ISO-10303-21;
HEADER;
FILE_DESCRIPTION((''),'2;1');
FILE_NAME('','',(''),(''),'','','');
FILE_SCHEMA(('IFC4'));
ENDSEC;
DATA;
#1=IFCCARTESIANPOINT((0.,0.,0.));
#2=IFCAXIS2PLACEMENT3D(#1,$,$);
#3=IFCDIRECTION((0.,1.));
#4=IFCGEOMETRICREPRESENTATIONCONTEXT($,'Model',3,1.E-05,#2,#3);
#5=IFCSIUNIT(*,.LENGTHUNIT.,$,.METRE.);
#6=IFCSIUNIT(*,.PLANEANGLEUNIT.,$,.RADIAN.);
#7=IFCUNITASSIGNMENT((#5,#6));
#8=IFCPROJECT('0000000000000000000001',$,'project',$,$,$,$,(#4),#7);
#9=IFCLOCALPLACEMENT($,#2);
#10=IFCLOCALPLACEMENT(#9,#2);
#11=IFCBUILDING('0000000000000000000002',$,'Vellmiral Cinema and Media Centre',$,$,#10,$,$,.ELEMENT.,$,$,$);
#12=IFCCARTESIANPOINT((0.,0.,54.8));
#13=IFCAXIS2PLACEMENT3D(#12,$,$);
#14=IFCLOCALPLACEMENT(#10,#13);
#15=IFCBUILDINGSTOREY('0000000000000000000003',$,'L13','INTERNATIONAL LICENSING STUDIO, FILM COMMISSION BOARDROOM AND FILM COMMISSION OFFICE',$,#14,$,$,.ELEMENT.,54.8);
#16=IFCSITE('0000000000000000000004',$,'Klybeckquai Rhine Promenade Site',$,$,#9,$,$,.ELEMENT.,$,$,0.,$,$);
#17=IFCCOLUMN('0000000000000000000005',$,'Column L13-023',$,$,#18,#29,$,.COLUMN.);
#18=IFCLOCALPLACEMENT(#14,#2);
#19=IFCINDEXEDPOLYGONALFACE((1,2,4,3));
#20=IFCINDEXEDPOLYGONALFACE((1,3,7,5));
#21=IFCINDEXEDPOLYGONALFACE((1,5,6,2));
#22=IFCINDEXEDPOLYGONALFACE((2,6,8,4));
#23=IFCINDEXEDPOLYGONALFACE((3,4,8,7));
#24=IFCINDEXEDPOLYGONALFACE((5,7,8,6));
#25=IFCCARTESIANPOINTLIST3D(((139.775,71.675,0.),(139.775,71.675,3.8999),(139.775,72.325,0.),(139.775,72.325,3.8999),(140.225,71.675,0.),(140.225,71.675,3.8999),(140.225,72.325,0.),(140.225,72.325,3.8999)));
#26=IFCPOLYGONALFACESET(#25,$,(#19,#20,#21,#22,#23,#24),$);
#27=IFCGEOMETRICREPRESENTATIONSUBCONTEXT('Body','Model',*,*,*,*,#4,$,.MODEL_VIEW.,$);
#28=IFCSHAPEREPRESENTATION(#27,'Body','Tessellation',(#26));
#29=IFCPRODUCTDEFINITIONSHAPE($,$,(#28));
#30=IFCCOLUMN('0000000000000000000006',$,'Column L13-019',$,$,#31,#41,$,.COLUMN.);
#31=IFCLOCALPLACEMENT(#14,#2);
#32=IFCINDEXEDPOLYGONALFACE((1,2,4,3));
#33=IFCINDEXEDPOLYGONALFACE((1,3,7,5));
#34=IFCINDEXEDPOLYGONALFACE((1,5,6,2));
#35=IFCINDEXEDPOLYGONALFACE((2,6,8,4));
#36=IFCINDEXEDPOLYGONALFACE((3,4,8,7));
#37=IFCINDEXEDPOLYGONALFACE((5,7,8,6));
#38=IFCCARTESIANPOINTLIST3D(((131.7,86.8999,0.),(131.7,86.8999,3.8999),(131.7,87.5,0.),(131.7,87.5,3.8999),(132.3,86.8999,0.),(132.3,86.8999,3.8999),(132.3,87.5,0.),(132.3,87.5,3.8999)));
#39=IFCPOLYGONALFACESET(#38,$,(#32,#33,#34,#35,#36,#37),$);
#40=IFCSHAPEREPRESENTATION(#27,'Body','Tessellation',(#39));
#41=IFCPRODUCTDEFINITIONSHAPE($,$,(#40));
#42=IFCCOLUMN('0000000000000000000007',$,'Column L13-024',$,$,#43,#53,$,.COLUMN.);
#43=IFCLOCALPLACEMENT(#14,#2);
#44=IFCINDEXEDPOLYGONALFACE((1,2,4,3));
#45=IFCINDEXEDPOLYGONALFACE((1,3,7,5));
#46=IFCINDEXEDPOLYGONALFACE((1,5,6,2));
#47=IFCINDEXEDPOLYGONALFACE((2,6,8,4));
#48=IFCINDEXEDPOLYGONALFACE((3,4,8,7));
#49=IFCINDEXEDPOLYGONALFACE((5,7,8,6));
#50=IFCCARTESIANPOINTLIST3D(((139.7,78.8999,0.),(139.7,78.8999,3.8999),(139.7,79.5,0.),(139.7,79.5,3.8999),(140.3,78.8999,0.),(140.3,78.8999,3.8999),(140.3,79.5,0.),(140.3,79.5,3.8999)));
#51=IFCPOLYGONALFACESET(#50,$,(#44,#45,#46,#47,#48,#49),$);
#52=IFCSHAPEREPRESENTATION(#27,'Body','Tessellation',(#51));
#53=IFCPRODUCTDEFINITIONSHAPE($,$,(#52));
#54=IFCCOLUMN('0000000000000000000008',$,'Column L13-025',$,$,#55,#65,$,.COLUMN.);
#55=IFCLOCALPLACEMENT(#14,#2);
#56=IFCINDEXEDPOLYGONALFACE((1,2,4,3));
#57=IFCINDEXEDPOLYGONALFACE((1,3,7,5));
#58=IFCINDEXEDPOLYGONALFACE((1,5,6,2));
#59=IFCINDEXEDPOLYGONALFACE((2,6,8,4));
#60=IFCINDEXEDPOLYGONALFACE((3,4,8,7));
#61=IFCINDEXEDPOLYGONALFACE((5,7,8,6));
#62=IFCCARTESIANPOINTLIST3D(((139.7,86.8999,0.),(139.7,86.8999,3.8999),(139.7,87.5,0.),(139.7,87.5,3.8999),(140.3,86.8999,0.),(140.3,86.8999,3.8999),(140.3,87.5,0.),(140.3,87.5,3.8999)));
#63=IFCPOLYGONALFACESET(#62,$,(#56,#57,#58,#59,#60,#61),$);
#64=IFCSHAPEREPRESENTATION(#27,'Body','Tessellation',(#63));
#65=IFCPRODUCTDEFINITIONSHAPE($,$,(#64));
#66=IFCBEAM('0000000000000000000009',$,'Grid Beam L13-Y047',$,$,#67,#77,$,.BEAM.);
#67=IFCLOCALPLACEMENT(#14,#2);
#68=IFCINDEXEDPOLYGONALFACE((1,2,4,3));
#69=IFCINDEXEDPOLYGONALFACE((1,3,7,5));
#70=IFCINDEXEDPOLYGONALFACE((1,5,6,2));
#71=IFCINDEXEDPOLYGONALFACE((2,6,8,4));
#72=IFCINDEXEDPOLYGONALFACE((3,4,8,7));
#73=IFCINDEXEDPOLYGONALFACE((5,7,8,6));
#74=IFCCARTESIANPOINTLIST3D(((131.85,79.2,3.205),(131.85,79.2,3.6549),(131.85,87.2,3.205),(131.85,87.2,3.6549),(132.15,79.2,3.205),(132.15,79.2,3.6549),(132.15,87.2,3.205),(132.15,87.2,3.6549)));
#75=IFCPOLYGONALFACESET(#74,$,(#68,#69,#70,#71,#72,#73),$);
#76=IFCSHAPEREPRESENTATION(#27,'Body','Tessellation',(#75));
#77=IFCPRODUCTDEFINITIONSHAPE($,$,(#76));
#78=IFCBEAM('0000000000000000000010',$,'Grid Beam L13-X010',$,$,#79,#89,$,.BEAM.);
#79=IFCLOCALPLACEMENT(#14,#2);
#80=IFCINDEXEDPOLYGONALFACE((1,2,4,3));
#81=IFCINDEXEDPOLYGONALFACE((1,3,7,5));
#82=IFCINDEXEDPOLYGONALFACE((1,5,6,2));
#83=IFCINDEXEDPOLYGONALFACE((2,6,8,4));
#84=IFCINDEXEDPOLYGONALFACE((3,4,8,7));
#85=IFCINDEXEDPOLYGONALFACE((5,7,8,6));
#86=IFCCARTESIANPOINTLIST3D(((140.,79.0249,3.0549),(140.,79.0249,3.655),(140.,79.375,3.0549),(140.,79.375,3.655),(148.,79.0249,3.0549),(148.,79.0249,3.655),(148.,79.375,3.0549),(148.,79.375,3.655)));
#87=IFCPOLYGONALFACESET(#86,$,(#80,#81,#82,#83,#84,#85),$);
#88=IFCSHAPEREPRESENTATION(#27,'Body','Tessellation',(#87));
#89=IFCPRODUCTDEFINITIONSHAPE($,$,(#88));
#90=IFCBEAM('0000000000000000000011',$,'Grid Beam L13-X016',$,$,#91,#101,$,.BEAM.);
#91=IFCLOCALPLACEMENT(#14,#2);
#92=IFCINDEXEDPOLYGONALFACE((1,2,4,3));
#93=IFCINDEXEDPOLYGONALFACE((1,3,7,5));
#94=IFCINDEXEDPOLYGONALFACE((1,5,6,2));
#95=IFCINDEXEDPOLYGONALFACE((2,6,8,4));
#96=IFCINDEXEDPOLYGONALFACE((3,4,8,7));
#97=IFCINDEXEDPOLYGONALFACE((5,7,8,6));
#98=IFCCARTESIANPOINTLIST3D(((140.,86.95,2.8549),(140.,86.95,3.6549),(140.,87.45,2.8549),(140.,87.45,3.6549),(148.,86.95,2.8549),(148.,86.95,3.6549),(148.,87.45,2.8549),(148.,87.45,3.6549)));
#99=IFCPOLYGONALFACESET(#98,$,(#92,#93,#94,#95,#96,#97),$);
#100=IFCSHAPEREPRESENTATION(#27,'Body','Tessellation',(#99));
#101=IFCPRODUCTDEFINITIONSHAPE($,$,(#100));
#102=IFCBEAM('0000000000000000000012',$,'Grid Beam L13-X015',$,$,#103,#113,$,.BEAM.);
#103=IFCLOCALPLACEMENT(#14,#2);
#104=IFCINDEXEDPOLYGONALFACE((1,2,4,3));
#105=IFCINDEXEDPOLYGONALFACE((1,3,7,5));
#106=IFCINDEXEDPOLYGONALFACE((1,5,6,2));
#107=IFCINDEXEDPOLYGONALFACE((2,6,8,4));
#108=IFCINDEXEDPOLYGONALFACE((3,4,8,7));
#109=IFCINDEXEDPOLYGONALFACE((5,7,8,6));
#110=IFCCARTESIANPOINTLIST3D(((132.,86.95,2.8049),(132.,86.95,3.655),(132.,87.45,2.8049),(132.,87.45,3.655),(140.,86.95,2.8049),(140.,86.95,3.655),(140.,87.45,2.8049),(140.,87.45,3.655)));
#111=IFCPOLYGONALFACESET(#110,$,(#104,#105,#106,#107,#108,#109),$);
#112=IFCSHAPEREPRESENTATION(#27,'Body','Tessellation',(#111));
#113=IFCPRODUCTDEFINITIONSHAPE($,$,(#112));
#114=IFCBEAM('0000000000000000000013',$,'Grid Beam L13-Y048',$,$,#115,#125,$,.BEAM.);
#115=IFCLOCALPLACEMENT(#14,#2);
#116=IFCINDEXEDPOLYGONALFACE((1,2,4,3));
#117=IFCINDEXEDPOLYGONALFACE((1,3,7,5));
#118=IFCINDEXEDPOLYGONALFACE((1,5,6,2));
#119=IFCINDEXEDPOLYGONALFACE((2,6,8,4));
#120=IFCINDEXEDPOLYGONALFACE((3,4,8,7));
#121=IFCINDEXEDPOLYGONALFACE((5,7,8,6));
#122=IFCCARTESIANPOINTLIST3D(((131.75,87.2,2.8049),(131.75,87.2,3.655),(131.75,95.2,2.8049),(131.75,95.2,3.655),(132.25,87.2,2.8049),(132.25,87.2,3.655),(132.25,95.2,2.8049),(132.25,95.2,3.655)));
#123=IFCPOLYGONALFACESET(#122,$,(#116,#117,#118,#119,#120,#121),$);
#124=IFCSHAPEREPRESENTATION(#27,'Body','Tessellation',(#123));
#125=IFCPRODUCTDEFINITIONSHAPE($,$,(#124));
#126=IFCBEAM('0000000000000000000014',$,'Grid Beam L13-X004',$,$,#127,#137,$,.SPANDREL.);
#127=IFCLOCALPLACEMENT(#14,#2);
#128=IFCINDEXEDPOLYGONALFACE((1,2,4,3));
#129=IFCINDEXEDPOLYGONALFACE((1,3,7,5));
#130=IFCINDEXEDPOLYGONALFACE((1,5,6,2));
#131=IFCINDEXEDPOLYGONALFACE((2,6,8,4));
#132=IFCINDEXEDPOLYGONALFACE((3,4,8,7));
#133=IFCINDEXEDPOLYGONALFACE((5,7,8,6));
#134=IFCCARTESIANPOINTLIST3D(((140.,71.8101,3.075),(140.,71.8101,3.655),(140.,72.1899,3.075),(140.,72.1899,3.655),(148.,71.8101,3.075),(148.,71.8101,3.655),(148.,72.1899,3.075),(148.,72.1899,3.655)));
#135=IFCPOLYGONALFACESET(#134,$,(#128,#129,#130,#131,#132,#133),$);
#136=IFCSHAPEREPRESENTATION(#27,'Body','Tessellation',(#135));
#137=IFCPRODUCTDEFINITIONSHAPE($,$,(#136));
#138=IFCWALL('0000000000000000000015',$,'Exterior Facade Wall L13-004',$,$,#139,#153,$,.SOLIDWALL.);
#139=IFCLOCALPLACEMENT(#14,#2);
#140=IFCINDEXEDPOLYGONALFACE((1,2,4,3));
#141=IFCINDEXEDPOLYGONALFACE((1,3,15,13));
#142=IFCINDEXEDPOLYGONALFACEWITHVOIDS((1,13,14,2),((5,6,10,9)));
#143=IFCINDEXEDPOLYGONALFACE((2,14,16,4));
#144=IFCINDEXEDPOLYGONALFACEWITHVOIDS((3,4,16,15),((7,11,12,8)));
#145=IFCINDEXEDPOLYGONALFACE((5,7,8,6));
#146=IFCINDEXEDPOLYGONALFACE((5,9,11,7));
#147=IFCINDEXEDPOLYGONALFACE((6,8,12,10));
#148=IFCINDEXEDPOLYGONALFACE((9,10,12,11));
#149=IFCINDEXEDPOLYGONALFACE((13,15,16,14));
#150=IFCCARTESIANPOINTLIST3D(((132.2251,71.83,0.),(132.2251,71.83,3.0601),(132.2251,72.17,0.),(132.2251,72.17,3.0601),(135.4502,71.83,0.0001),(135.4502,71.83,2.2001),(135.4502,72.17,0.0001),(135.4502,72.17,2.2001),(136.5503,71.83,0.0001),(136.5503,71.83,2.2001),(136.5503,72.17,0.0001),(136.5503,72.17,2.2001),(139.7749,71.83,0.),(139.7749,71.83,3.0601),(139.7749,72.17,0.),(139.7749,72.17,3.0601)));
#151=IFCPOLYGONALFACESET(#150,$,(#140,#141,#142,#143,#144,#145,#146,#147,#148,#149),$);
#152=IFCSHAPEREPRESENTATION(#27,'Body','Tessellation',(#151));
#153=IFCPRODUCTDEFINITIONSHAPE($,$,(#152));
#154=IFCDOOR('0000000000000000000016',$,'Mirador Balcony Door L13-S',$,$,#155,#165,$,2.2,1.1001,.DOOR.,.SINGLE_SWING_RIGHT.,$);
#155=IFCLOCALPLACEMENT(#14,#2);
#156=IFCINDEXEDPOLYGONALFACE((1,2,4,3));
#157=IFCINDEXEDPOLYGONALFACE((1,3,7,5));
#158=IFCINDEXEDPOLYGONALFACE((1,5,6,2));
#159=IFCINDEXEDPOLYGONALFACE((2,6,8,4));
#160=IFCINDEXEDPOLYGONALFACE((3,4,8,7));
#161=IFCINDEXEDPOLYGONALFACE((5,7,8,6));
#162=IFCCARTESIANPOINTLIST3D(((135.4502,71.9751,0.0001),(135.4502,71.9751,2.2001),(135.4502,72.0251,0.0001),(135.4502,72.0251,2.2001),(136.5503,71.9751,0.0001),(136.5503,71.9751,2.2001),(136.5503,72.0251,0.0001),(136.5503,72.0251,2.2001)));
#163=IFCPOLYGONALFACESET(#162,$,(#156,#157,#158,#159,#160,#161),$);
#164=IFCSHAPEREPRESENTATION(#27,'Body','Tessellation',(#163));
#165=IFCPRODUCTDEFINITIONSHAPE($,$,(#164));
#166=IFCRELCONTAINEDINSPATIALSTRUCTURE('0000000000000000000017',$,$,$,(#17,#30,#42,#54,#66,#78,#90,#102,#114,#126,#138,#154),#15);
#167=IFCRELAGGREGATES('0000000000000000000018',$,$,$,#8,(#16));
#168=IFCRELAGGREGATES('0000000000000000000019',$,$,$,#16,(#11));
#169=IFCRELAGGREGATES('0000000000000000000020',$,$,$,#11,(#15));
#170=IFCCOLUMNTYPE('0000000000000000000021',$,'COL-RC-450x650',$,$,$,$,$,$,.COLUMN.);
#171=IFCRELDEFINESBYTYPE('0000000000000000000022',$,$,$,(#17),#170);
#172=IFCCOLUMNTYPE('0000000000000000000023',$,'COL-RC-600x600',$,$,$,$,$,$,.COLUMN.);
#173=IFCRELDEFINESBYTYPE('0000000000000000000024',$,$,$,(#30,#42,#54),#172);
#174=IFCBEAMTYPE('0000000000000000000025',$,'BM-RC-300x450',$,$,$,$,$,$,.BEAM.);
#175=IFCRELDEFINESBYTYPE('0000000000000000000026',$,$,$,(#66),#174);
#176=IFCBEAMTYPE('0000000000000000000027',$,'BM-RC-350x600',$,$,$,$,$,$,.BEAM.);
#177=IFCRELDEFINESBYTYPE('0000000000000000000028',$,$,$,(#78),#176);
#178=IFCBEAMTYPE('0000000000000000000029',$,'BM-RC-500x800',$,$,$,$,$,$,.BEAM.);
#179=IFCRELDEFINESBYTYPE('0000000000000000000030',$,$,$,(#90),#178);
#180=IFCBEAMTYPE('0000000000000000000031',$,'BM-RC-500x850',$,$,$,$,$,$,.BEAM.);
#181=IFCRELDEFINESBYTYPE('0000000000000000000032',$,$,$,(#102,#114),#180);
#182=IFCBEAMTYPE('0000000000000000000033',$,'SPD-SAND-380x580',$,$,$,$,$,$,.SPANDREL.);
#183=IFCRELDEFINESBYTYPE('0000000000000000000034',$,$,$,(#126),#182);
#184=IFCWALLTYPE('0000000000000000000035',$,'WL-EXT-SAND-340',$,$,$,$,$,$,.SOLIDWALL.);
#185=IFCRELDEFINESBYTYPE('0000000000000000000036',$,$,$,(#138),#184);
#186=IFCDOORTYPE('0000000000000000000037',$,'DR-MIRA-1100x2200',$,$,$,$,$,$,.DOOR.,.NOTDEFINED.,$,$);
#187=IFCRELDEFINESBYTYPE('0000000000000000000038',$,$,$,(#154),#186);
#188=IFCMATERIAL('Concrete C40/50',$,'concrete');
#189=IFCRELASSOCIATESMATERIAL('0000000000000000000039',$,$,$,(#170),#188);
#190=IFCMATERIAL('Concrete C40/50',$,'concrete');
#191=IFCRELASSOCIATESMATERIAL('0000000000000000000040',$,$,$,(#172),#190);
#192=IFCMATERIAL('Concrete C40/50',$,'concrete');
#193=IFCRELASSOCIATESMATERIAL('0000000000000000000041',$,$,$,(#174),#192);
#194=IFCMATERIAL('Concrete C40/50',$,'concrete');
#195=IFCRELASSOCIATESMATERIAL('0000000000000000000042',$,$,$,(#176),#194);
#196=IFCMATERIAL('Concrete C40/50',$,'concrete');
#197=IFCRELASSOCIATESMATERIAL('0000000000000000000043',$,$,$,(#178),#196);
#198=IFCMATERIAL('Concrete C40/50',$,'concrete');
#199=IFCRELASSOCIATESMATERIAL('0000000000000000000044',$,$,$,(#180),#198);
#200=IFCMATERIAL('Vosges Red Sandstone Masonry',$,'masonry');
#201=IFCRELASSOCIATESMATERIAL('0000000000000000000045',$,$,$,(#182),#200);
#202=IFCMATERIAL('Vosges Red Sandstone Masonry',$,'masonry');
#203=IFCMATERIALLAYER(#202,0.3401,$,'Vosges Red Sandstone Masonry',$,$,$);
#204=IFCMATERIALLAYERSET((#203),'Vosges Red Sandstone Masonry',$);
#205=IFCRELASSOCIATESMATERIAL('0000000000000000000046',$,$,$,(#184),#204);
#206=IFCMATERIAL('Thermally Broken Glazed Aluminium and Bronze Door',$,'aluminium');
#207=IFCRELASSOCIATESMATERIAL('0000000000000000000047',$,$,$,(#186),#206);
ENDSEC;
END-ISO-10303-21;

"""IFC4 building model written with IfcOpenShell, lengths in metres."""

from ifc_helpers import new_model, si_unit, direction, frame, frame_2d, origin, origin_2d, place, context, subcontext, project, spatial, rectangle, extrude, material, layer, layer_set, material_profile, profile_set, type_object, element, fill, save


model = new_model("IFC4")

# Units and contexts
model_context = context("Model", 3, precision=1e-05, world=origin(), true_north=direction((0.0, 1.0)))
body_context = subcontext(model_context, "Body", "Model", "MODEL_VIEW")
ifc_project = project(units=[si_unit("LENGTHUNIT", "METRE"), si_unit("PLANEANGLEUNIT", "RADIAN")], contexts=[model_context])

# Site, building, storey
site_placement = place(None, origin())
site = spatial("IfcSite", under=ifc_project, at=site_placement, Name="Klybeckquai Rhine Promenade Site", CompositionType="ELEMENT", RefElevation=0.0)
building_placement = place(site_placement, origin())
building = spatial("IfcBuilding", under=site, at=building_placement, Name="Vellmiral Cinema and Media Centre", CompositionType="ELEMENT")
storey_placement = place(building_placement, frame((0.0, 0.0, 54.8)))
storey = spatial("IfcBuildingStorey", under=building, at=storey_placement, Name="L13", Description="INTERNATIONAL LICENSING STUDIO, FILM COMMISSION BOARDROOM AND FILM COMMISSION OFFICE", CompositionType="ELEMENT", Elevation=54.8)

# Columns
ifc_material_1 = material(Name="Concrete C40/50", Category="concrete")
ifc_material_profile_1 = material_profile(ifc_material_1, rectangle(XDim=0.45, YDim=0.6499, at=origin_2d()), Name="RC 450x650")
ifc_profile_set_1 = profile_set([ifc_material_profile_1], Name="Concrete C40/50")
column_type_1 = type_object("IfcColumnType", Name="COL-RC-450x650", PredefinedType="COLUMN", material=ifc_profile_set_1)
column_placement = place(storey_placement, frame((140.0, 72.0, 0.0), z_axis=(0.0, 0.0, 1.0), x_axis=(1.0, 0.0, 0.0)))
element("IfcColumn", 1, at=column_placement, inside=storey, type_object=column_type_1, Name="Column L13-023", PredefinedType="COLUMN", context=body_context, shape_type="SweptSolid", body=[
    extrude(rectangle(XDim=0.45, YDim=0.6499, at=origin_2d()), origin(), (0.0, 0.0, 1.0), 3.8999),
])
ifc_material_2 = material(Name="Concrete C40/50", Category="concrete")
ifc_material_profile_2 = material_profile(ifc_material_2, rectangle(XDim=0.6001, YDim=0.6001, at=origin_2d()), Name="RC 600x600")
ifc_profile_set_2 = profile_set([ifc_material_profile_2], Name="Concrete C40/50")
column_type_2 = type_object("IfcColumnType", Name="COL-RC-600x600", PredefinedType="COLUMN", material=ifc_profile_set_2)
for number, where, z_axis, x_axis, name in (
    (2, (132.0, 87.2, 0.0), (0.0, 0.0, 1.0), (1.0, 0.0, 0.0), "Column L13-019"),
    (3, (140.0, 79.2, 0.0), (0.0, 0.0, 1.0), (1.0, 0.0, 0.0), "Column L13-024"),
    (4, (140.0, 87.2, 0.0), (0.0, 0.0, 1.0), (1.0, 0.0, 0.0), "Column L13-025"),
):
    element("IfcColumn", number, at=place(storey_placement, frame(where, z_axis=z_axis, x_axis=x_axis)), inside=storey, type_object=column_type_2, Name=name, PredefinedType="COLUMN", context=body_context, shape_type="SweptSolid", body=[
        extrude(rectangle(XDim=0.6001, YDim=0.6001, at=origin_2d()), origin(), (0.0, 0.0, 1.0), 3.8999),
    ])

# Beams
ifc_material_3 = material(Name="Concrete C40/50", Category="concrete")
ifc_material_profile_3 = material_profile(ifc_material_3, rectangle(XDim=0.3, YDim=0.45, at=origin_2d()), Name="RC 300x450")
ifc_profile_set_3 = profile_set([ifc_material_profile_3], Name="Concrete C40/50")
beam_type_1 = type_object("IfcBeamType", Name="BM-RC-300x450", PredefinedType="BEAM", material=ifc_profile_set_3)
beam_1_placement = place(storey_placement, frame((132.0, 79.2, 3.4299), z_axis=(0.0, 1.0, 0.0), x_axis=(-1.0, 0.0, 0.0)))
element("IfcBeam", 5, at=beam_1_placement, inside=storey, type_object=beam_type_1, Name="Grid Beam L13-Y047", PredefinedType="BEAM", context=body_context, shape_type="SweptSolid", body=[
    extrude(rectangle(XDim=0.3, YDim=0.45, at=origin_2d()), origin(), (0.0, 0.0, 1.0), 8.0),
])
ifc_material_4 = material(Name="Concrete C40/50", Category="concrete")
ifc_material_profile_4 = material_profile(ifc_material_4, rectangle(XDim=0.3501, YDim=0.6001, at=origin_2d()), Name="RC 350x600")
ifc_profile_set_4 = profile_set([ifc_material_profile_4], Name="Concrete C40/50")
beam_type_2 = type_object("IfcBeamType", Name="BM-RC-350x600", PredefinedType="BEAM", material=ifc_profile_set_4)
beam_2_placement = place(storey_placement, frame((140.0, 79.2, 3.355), z_axis=(1.0, 0.0, 0.0), x_axis=(0.0, 1.0, 0.0)))
element("IfcBeam", 6, at=beam_2_placement, inside=storey, type_object=beam_type_2, Name="Grid Beam L13-X010", PredefinedType="BEAM", context=body_context, shape_type="SweptSolid", body=[
    extrude(rectangle(XDim=0.3501, YDim=0.6001, at=origin_2d()), origin(), (0.0, 0.0, 1.0), 8.0),
])
ifc_material_5 = material(Name="Concrete C40/50", Category="concrete")
ifc_material_profile_5 = material_profile(ifc_material_5, rectangle(XDim=0.5, YDim=0.8, at=origin_2d()), Name="RC 500x800")
ifc_profile_set_5 = profile_set([ifc_material_profile_5], Name="Concrete C40/50")
beam_type_3 = type_object("IfcBeamType", Name="BM-RC-500x800", PredefinedType="BEAM", material=ifc_profile_set_5)
beam_3_placement = place(storey_placement, frame((140.0, 87.2, 3.2549), z_axis=(1.0, 0.0, 0.0), x_axis=(0.0, 1.0, 0.0)))
element("IfcBeam", 7, at=beam_3_placement, inside=storey, type_object=beam_type_3, Name="Grid Beam L13-X016", PredefinedType="BEAM", context=body_context, shape_type="SweptSolid", body=[
    extrude(rectangle(XDim=0.5, YDim=0.8, at=origin_2d()), origin(), (0.0, 0.0, 1.0), 8.0),
])
ifc_material_6 = material(Name="Concrete C40/50", Category="concrete")
ifc_material_profile_6 = material_profile(ifc_material_6, rectangle(XDim=0.5, YDim=0.8501, at=origin_2d()), Name="RC 500x850")
ifc_profile_set_6 = profile_set([ifc_material_profile_6], Name="Concrete C40/50")
beam_type_4 = type_object("IfcBeamType", Name="BM-RC-500x850", PredefinedType="BEAM", material=ifc_profile_set_6)
for number, where, z_axis, x_axis, name in (
    (8, (132.0, 87.2, 3.23), (1.0, 0.0, 0.0), (0.0, 1.0, 0.0), "Grid Beam L13-X015"),
    (9, (132.0, 87.2, 3.23), (0.0, 1.0, 0.0), (-1.0, 0.0, 0.0), "Grid Beam L13-Y048"),
):
    element("IfcBeam", number, at=place(storey_placement, frame(where, z_axis=z_axis, x_axis=x_axis)), inside=storey, type_object=beam_type_4, Name=name, PredefinedType="BEAM", context=body_context, shape_type="SweptSolid", body=[
        extrude(rectangle(XDim=0.5, YDim=0.8501, at=origin_2d()), origin(), (0.0, 0.0, 1.0), 8.0),
    ])
ifc_material_7 = material(Name="Vosges Red Sandstone Masonry", Category="masonry")
ifc_material_profile_7 = material_profile(ifc_material_7, rectangle(XDim=0.3799, YDim=0.5801, at=origin_2d()), Name="SAND 380x580")
ifc_profile_set_7 = profile_set([ifc_material_profile_7], Name="Vosges Red Sandstone Masonry")
beam_type_5 = type_object("IfcBeamType", Name="SPD-SAND-380x580", PredefinedType="SPANDREL", material=ifc_profile_set_7)
beam_4_placement = place(storey_placement, frame((140.0, 72.0, 3.365), z_axis=(1.0, 0.0, 0.0), x_axis=(0.0, 1.0, 0.0)))
element("IfcBeam", 10, at=beam_4_placement, inside=storey, type_object=beam_type_5, Name="Grid Beam L13-X004", PredefinedType="SPANDREL", context=body_context, shape_type="SweptSolid", body=[
    extrude(rectangle(XDim=0.3799, YDim=0.5801, at=origin_2d()), origin(), (0.0, 0.0, 1.0), 8.0),
])

# Wall, opening, door
ifc_material_8 = material(Name="Vosges Red Sandstone Masonry", Category="masonry")
ifc_layer_1 = layer(ifc_material_8, 0.3401, Name="Vosges Red Sandstone Masonry")
ifc_layer_set_1 = layer_set([ifc_layer_1], Name="Vosges Red Sandstone Masonry")
wall_type_1 = type_object("IfcWallType", Name="WL-EXT-SAND-340", PredefinedType="SOLIDWALL", material=ifc_layer_set_1)
wall_1_placement = place(storey_placement, frame((132.2251, 72.0, 0.0), z_axis=(0.0, 0.0, 1.0), x_axis=(1.0, 0.0, 0.0)))
wall_1 = element("IfcWall", 11, at=wall_1_placement, inside=storey, type_object=wall_type_1, Name="Exterior Facade Wall L13-004", PredefinedType="SOLIDWALL", context=body_context, shape_type="SweptSolid", body=[
    extrude(rectangle(XDim=7.5498, YDim=0.3401, at=frame_2d((3.7749, 0.0))), origin(), (0.0, 0.0, 1.0), 3.0601),
])
opening_1_placement = place(wall_1_placement, frame((3.2251, 0.0, 0.0)))
opening_1 = element("IfcOpeningElement", 12, at=opening_1_placement, cuts=wall_1, PredefinedType="OPENING", context=body_context, shape_type="SweptSolid", body=[
    extrude(rectangle(XDim=1.1001, YDim=2.2, at=frame_2d((0.55, 1.1001))), frame((0.0, 0.1821, 0.0), z_axis=(0.0, -1.0, 0.0), x_axis=(1.0, 0.0, 0.0)), (0.0, 0.0, 1.0), 0.364),
])
ifc_material_9 = material(Name="Thermally Broken Glazed Aluminium and Bronze Door", Category="aluminium")
door_type_1 = type_object("IfcDoorType", Name="DR-MIRA-1100x2200", OperationType="NOTDEFINED", PredefinedType="DOOR", material=ifc_material_9)
door_1_placement = place(opening_1_placement, frame((1.1001, 0.0, 0.0), z_axis=(0.0, 0.0, 1.0), x_axis=(-1.0, 0.0, 0.0)))
door_1 = element("IfcDoor", 13, at=door_1_placement, inside=storey, type_object=door_type_1, Name="Mirador Balcony Door L13-S", OperationType="SINGLE_SWING_RIGHT", OverallHeight=2.2, OverallWidth=1.1001, PredefinedType="DOOR", context=body_context, shape_type="SweptSolid", body=[
    extrude(rectangle(XDim=1.1001, YDim=2.2, at=frame_2d((0.55, 1.1001))), frame((0.0, 0.0249, 0.0), z_axis=(0.0, -1.0, 0.0), x_axis=(1.0, 0.0, 0.0)), (0.0, 0.0, 1.0), 0.05),
])
fill(opening_1, door_1)

save(model, "model.ifc")
